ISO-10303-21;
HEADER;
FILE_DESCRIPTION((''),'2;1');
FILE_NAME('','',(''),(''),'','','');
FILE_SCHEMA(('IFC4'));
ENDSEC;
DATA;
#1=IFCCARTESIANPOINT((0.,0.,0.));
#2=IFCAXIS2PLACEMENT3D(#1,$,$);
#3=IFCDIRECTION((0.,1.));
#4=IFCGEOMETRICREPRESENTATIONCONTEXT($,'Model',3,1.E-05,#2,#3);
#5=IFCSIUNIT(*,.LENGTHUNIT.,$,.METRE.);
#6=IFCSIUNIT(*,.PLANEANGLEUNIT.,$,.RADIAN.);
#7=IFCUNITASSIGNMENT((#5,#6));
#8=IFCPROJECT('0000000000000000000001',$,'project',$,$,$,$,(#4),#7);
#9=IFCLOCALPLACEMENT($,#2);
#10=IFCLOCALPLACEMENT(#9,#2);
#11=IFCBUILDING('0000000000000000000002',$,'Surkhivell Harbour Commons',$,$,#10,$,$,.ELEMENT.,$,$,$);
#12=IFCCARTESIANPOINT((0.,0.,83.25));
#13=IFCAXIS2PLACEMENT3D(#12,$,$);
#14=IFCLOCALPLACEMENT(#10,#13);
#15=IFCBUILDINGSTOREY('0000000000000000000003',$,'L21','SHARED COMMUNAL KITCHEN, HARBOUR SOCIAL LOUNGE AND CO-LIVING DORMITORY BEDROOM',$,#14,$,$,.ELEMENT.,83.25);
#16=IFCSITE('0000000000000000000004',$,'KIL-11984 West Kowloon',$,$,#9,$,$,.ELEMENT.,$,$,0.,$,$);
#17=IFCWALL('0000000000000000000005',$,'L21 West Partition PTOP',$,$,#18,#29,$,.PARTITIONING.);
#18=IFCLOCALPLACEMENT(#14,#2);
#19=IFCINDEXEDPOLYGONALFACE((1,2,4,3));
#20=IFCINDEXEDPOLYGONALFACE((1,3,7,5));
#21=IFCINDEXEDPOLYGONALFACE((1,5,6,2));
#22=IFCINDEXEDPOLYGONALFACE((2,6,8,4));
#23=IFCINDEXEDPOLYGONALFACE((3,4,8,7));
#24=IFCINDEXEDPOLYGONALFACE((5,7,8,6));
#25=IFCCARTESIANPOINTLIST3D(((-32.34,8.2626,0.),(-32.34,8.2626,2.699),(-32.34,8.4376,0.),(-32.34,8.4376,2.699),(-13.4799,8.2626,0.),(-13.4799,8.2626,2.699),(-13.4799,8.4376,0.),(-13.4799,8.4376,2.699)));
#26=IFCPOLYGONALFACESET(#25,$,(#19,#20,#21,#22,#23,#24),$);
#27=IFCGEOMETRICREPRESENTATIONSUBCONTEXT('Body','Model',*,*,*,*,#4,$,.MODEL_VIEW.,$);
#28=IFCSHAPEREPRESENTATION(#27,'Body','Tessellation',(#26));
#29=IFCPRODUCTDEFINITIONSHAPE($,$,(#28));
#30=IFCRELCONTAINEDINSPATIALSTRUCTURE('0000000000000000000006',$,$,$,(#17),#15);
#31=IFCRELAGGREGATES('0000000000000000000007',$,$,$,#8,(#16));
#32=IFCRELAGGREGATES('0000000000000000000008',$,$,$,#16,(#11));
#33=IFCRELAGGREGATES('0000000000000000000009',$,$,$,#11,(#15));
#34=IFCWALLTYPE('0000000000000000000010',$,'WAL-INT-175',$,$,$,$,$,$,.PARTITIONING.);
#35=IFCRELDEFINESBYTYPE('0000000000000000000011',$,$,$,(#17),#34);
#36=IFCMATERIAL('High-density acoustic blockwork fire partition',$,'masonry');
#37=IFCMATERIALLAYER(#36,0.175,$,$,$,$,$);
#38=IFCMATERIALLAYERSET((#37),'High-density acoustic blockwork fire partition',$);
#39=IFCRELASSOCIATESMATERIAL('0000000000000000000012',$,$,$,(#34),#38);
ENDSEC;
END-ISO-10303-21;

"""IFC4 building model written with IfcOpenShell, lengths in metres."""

from ifc_helpers import new_model, si_unit, direction, frame, frame_2d, origin, place, context, subcontext, project, spatial, rectangle, extrude, material, layer, layer_set, type_object, element, save


model = new_model("IFC4")

# Units and contexts
model_context = context("Model", 3, precision=1e-05, world=origin(), true_north=direction((0.0, 1.0)))
body_context = subcontext(model_context, "Body", "Model", "MODEL_VIEW")
ifc_project = project(units=[si_unit("LENGTHUNIT", "METRE"), si_unit("PLANEANGLEUNIT", "RADIAN")], contexts=[model_context])

# Site, building, storey
site_placement = place(None, origin())
site = spatial("IfcSite", under=ifc_project, at=site_placement, Name="KIL-11984 West Kowloon", CompositionType="ELEMENT", RefElevation=0.0)
building_placement = place(site_placement, origin())
building = spatial("IfcBuilding", under=site, at=building_placement, Name="Surkhivell Harbour Commons", CompositionType="ELEMENT")
storey_placement = place(building_placement, frame((0.0, 0.0, 83.25)))
storey = spatial("IfcBuildingStorey", under=building, at=storey_placement, Name="L21", Description="SHARED COMMUNAL KITCHEN, HARBOUR SOCIAL LOUNGE AND CO-LIVING DORMITORY BEDROOM", CompositionType="ELEMENT", Elevation=83.25)

# Wall
ifc_material_1 = material(Name="High-density acoustic blockwork fire partition", Category="masonry")
ifc_layer_1 = layer(ifc_material_1, 0.175)
ifc_layer_set_1 = layer_set([ifc_layer_1], Name="High-density acoustic blockwork fire partition")
wall_type = type_object("IfcWallType", Name="WAL-INT-175", PredefinedType="PARTITIONING", material=ifc_layer_set_1)
wall_1_placement = place(storey_placement, frame((-32.3401, 8.3501, 0.0), z_axis=(0.0, 0.0, 1.0), x_axis=(1.0, 0.0, 0.0)))
element("IfcWall", 1, at=wall_1_placement, inside=storey, type_object=wall_type, Name="L21 West Partition PTOP", PredefinedType="PARTITIONING", context=body_context, shape_type="SweptSolid", body=[
    extrude(rectangle(XDim=18.8601, YDim=0.175, at=frame_2d((9.4302, 0.0))), origin(), (0.0, 0.0, 1.0), 2.699),
])

save(model, "model.ifc")
